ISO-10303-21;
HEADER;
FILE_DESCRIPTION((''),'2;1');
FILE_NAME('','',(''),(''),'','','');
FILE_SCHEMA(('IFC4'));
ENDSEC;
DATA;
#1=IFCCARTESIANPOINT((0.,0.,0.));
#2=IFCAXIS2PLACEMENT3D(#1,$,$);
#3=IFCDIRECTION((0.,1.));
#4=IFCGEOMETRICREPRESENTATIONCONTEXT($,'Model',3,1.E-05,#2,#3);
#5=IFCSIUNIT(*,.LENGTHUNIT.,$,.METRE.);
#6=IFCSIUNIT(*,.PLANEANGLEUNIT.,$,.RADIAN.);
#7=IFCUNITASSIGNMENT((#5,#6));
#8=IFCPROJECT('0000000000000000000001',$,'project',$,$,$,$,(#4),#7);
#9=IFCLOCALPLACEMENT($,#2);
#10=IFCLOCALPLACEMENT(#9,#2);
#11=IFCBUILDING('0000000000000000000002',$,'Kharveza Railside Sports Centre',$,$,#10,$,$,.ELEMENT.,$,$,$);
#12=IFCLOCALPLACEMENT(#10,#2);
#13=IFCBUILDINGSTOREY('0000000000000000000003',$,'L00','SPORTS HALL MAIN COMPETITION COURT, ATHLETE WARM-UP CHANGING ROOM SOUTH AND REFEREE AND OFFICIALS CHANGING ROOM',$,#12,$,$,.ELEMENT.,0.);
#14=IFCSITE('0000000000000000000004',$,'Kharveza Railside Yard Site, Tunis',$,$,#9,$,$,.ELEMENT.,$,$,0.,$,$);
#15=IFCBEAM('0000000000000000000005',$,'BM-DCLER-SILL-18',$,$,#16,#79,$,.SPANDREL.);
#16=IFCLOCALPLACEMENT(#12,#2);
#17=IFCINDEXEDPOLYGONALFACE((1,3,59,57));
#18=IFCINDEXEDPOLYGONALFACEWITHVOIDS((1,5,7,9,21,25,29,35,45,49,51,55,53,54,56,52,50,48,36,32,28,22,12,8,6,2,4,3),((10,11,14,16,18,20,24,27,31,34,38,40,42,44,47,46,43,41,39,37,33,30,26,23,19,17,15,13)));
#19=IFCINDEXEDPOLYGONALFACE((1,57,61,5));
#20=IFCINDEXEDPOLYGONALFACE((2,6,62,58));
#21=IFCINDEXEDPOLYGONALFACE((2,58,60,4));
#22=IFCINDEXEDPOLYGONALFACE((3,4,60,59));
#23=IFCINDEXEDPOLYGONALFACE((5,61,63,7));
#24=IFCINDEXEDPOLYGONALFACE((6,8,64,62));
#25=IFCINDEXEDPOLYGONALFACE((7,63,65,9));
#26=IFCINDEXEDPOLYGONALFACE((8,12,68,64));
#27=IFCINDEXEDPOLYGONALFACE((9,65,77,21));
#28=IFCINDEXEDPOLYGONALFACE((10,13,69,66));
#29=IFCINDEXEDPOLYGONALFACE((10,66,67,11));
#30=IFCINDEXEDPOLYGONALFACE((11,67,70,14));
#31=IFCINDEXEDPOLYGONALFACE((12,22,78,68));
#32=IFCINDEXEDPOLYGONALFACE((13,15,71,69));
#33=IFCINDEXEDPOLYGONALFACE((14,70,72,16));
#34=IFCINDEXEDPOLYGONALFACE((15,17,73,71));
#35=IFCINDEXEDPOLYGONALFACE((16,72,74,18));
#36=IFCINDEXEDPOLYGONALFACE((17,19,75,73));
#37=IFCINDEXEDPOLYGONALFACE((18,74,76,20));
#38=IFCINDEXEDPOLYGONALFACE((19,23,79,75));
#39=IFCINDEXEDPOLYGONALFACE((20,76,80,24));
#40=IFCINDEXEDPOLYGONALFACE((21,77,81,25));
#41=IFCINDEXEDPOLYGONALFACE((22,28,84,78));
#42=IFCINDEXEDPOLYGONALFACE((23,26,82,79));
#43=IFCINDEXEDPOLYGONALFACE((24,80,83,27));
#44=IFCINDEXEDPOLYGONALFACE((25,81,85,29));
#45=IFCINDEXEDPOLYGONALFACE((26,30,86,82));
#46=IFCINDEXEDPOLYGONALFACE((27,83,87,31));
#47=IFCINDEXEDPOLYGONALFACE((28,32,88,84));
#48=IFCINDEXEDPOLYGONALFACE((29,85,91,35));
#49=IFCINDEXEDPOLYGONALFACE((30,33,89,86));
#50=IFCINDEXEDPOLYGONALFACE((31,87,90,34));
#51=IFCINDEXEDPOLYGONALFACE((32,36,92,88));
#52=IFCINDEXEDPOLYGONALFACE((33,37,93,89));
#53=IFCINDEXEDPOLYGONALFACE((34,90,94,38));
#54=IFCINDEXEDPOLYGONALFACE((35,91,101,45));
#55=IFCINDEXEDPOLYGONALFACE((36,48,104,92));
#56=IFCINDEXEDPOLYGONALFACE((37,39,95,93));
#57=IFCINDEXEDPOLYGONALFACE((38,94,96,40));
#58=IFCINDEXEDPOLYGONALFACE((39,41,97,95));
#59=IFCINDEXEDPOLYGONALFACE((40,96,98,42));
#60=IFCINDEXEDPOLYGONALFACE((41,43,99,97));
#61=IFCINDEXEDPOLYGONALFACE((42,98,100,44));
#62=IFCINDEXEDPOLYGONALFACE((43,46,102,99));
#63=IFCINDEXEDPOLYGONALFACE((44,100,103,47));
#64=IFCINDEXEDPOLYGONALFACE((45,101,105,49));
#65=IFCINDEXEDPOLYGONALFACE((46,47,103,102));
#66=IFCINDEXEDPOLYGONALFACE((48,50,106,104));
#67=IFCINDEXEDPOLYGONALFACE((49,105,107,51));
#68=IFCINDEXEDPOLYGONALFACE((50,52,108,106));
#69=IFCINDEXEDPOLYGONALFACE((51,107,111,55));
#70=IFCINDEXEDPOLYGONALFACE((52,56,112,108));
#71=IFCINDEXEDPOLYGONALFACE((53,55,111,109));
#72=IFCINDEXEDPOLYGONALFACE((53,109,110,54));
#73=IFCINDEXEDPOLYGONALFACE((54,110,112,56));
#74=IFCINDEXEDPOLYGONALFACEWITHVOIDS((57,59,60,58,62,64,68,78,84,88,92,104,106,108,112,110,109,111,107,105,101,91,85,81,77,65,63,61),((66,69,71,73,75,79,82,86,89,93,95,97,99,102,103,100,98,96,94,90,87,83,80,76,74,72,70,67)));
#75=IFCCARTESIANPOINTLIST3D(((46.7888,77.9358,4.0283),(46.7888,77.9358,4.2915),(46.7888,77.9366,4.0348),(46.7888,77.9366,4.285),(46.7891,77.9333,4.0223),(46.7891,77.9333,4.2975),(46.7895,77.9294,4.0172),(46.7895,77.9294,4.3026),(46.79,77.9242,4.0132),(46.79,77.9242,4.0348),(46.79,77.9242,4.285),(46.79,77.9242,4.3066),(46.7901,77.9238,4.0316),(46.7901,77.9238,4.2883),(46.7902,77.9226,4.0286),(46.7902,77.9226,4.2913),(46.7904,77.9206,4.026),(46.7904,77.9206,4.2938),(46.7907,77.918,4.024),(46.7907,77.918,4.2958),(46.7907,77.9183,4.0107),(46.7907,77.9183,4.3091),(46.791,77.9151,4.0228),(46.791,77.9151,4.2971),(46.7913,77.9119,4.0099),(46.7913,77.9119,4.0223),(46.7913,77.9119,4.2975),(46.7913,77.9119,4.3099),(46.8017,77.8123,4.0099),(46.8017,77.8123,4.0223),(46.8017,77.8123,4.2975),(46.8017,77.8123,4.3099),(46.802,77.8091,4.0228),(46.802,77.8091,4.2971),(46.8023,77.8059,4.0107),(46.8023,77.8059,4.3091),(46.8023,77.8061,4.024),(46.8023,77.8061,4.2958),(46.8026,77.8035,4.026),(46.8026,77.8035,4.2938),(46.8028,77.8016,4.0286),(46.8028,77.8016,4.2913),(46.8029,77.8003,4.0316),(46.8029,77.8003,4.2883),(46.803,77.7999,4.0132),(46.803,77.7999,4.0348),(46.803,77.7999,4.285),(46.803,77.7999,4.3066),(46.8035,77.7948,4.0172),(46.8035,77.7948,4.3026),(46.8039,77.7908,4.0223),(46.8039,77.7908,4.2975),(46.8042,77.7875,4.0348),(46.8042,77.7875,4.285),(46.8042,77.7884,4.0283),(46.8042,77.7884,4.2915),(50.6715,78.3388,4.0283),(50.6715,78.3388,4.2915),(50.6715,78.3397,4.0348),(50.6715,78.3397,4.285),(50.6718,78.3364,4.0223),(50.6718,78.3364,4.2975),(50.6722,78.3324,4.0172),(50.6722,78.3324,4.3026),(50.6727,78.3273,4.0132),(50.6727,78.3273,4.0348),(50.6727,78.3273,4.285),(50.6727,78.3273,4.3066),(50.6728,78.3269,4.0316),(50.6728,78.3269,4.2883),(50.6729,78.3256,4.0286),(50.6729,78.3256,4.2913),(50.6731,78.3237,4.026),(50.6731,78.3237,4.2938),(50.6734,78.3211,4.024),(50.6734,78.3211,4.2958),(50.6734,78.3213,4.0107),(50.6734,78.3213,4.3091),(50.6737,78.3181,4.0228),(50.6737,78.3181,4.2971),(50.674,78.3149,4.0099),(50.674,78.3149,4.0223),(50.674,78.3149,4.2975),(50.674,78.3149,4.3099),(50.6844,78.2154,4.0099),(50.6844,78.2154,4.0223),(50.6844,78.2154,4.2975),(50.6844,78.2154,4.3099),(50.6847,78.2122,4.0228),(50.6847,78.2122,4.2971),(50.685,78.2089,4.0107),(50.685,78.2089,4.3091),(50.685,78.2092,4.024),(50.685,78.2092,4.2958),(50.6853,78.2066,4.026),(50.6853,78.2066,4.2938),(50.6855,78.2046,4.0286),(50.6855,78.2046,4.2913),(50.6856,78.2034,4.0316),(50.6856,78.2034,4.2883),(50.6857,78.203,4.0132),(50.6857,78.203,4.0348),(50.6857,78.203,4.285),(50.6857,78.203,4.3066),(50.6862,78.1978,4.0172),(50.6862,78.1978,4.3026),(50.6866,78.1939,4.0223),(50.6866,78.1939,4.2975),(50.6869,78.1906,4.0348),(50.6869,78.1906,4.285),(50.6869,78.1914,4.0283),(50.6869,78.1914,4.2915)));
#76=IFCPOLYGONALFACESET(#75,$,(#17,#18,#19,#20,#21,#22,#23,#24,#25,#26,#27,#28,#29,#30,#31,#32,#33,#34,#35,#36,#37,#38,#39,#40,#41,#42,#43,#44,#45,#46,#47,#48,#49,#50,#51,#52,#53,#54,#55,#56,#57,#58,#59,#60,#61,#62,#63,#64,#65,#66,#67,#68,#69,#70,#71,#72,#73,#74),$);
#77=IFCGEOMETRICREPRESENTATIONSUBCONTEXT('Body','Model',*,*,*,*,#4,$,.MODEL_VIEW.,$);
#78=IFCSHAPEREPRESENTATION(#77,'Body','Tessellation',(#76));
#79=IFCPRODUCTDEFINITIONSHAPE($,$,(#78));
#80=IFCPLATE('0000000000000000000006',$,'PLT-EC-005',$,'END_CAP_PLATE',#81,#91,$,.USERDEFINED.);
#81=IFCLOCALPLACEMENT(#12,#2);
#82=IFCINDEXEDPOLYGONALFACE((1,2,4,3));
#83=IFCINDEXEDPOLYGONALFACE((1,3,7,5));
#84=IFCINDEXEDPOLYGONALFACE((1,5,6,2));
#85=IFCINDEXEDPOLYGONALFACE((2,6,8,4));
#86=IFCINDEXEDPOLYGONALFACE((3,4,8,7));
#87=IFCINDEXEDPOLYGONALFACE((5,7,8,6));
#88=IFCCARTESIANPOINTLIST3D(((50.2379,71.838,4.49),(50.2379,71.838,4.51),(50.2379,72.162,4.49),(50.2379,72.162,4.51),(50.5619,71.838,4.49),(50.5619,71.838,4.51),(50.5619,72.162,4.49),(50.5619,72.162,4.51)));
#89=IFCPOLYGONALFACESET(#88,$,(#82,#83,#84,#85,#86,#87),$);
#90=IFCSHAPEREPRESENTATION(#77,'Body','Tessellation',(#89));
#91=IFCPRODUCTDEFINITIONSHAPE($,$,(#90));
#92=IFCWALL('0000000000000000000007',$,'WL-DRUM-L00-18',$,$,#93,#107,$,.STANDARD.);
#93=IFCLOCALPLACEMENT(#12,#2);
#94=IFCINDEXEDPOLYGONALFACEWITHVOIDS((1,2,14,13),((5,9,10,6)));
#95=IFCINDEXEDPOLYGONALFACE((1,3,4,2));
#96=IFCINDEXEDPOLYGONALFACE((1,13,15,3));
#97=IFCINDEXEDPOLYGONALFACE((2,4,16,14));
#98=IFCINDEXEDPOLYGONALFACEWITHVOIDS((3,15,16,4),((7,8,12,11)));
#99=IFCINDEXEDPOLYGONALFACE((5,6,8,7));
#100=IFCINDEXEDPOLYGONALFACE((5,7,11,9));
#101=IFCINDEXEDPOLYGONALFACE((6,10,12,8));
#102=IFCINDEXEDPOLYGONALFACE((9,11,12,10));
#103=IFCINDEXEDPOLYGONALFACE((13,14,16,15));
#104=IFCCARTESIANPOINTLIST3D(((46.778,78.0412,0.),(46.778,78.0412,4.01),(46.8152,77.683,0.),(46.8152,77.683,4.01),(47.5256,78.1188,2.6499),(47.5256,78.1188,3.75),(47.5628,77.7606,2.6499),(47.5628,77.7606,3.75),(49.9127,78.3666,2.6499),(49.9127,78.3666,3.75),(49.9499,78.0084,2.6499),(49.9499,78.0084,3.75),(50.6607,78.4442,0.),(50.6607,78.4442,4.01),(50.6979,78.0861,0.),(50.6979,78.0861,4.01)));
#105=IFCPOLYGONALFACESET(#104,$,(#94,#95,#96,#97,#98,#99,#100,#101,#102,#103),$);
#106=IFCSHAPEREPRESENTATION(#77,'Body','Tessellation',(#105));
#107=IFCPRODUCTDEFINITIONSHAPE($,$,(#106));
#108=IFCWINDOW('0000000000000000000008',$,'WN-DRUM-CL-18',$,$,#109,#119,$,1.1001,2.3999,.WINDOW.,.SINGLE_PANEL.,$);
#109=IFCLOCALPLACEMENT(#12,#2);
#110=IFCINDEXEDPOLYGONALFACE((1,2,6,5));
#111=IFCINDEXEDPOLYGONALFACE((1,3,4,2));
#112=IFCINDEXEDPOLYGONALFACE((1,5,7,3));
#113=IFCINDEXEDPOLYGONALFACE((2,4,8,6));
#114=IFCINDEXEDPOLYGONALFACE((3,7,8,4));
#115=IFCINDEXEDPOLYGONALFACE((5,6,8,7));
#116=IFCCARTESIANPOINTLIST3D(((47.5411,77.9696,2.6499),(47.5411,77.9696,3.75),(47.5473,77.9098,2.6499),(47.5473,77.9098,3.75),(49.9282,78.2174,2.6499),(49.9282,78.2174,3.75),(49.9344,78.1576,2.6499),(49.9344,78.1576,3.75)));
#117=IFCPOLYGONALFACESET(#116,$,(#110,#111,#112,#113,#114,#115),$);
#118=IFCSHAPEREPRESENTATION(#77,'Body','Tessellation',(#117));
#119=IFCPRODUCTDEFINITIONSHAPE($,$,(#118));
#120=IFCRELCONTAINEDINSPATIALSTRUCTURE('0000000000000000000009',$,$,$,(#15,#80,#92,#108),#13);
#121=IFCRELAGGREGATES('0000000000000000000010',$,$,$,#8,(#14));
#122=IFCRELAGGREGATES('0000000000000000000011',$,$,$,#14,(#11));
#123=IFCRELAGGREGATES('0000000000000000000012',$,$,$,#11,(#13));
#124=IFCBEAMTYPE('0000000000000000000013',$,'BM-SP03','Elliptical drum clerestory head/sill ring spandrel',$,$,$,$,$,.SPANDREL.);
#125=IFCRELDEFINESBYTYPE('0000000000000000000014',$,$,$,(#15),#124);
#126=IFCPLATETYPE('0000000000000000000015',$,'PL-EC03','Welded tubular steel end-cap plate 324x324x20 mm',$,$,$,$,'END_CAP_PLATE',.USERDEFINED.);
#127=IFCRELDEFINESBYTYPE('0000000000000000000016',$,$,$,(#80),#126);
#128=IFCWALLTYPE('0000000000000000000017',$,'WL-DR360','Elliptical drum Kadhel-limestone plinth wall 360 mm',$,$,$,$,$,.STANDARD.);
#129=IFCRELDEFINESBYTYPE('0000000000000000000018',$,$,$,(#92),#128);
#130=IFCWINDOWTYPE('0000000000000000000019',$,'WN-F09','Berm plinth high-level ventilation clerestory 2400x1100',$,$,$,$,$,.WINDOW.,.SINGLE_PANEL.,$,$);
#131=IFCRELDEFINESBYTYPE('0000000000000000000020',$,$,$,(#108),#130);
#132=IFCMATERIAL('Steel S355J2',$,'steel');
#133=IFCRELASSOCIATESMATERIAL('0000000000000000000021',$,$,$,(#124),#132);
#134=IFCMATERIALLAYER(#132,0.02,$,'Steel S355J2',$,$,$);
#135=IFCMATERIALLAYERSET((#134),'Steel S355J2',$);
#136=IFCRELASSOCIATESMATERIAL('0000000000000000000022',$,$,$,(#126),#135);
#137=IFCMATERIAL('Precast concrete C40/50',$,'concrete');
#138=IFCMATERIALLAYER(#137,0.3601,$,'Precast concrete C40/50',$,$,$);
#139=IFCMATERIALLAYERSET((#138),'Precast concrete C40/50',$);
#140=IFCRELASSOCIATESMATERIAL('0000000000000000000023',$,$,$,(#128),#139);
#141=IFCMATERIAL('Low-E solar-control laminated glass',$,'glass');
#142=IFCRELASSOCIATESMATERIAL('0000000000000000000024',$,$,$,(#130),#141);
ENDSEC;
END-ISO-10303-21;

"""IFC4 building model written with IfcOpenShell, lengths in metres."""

from ifc_helpers import new_model, si_unit, direction, frame, frame_2d, origin, origin_2d, place, context, subcontext, project, spatial, rectangle, hollow_rectangle, extrude, material, layer, layer_set, material_profile, profile_set, type_object, element, fill, save


model = new_model("IFC4")

# Units and contexts
model_context = context("Model", 3, precision=1e-05, world=origin(), true_north=direction((0.0, 1.0)))
body_context = subcontext(model_context, "Body", "Model", "MODEL_VIEW")
ifc_project = project(units=[si_unit("LENGTHUNIT", "METRE"), si_unit("PLANEANGLEUNIT", "RADIAN")], contexts=[model_context])

# Site, building, storey
site_placement = place(None, origin())
site = spatial("IfcSite", under=ifc_project, at=site_placement, Name="Kharveza Railside Yard Site, Tunis", CompositionType="ELEMENT", RefElevation=0.0)
building_placement = place(site_placement, origin())
building = spatial("IfcBuilding", under=site, at=building_placement, Name="Kharveza Railside Sports Centre", CompositionType="ELEMENT")
storey_placement = place(building_placement, origin())
storey = spatial("IfcBuildingStorey", under=building, at=storey_placement, Name="L00", Description="SPORTS HALL MAIN COMPETITION COURT, ATHLETE WARM-UP CHANGING ROOM SOUTH AND REFEREE AND OFFICIALS CHANGING ROOM", CompositionType="ELEMENT", Elevation=0.0)

# Shared definitions
ifc_material_1 = material(Name="Steel S355J2", Category="steel")

# Beam
ifc_material_2 = material(Name="Precast concrete C40/50", Category="concrete")
ifc_material_profile_1 = material_profile(ifc_material_1, hollow_rectangle(XDim=0.1499, YDim=0.3, WallThickness=0.0125, InnerFilletRadius=0.0125, OuterFilletRadius=0.0249, at=origin_2d()), Name="RHS 150x300x12.5")
ifc_profile_set_1 = profile_set([ifc_material_profile_1], Name="Steel S355J2")
beam_type_1 = type_object("IfcBeamType", Name="BM-SP03", Description="Elliptical drum clerestory head/sill ring spandrel", PredefinedType="SPANDREL", material=ifc_profile_set_1)
beam_1_placement = place(storey_placement, frame((50.6792, 78.2651, 4.1599), z_axis=(-0.994655, -0.103255, 0.0), x_axis=(0.103255, -0.994655, 0.0)))
element("IfcBeam", 1, at=beam_1_placement, inside=storey, type_object=beam_type_1, Name="BM-DCLER-SILL-18", PredefinedType="SPANDREL", context=body_context, shape_type="SweptSolid", body=[
    extrude(hollow_rectangle(XDim=0.1499, YDim=0.3, WallThickness=0.0125, InnerFilletRadius=0.0125, OuterFilletRadius=0.0249, at=origin_2d()), origin(), (0.0, 0.0, 1.0), 3.9036),
])

# Plate
ifc_layer_1 = layer(ifc_material_1, 0.02, Name="Steel S355J2")
ifc_layer_set_1 = layer_set([ifc_layer_1], Name="Steel S355J2")
plate_type = type_object("IfcPlateType", Name="PL-EC03", Description="Welded tubular steel end-cap plate 324x324x20 mm", ElementType="END_CAP_PLATE", PredefinedType="USERDEFINED", material=ifc_layer_set_1)
plate_placement = place(storey_placement, frame((50.3999, 72.0, 4.49), z_axis=(0.0, 0.0, 1.0), x_axis=(1.0, 0.0, 0.0)))
element("IfcPlate", 2, at=plate_placement, inside=storey, type_object=plate_type, Name="PLT-EC-005", ObjectType="END_CAP_PLATE", PredefinedType="USERDEFINED", context=body_context, shape_type="SweptSolid", body=[
    extrude(rectangle(XDim=0.324, YDim=0.324, at=origin_2d()), origin(), (0.0, 0.0, 1.0), 0.02),
])

# Shared definitions
ifc_layer_2 = layer(ifc_material_2, 0.3601, Name="Precast concrete C40/50")
ifc_layer_set_2 = layer_set([ifc_layer_2], Name="Precast concrete C40/50")
wall_type = type_object("IfcWallType", Name="WL-DR360", Description="Elliptical drum Kadhel-limestone plinth wall 360 mm", PredefinedType="STANDARD", material=ifc_layer_set_2)

# Wall, opening, window
wall_1_placement = place(storey_placement, frame((50.6792, 78.2651, 0.0), z_axis=(0.0, 0.0, 1.0), x_axis=(-0.994655, -0.103255, 0.0)))
wall_1 = element("IfcWall", 3, at=wall_1_placement, inside=storey, type_object=wall_type, Name="WL-DRUM-L00-18", PredefinedType="STANDARD", context=body_context, shape_type="SweptSolid", body=[
    extrude(rectangle(XDim=3.9036, YDim=0.3601, at=frame_2d((1.9517, 0.0))), origin(), (0.0, 0.0, 1.0), 4.01),
])
opening_1_placement = place(wall_1_placement, frame((0.752, 0.0, 2.6499)))
opening_1 = element("IfcOpeningElement", 4, at=opening_1_placement, cuts=wall_1, PredefinedType="OPENING", context=body_context, shape_type="SweptSolid", body=[
    extrude(rectangle(XDim=2.3999, YDim=1.1001, at=frame_2d((1.2, 0.55))), frame((0.0, 0.2051, 0.0), z_axis=(0.0, -1.0, 0.0), x_axis=(1.0, 0.0, 0.0)), (0.0, 0.0, 1.0), 0.4099),
])
ifc_material_3 = material(Name="Low-E solar-control laminated glass", Category="glass")
window_type = type_object("IfcWindowType", Name="WN-F09", Description="Berm plinth high-level ventilation clerestory 2400x1100", PartitioningType="SINGLE_PANEL", PredefinedType="WINDOW", material=ifc_material_3)
window_placement = place(opening_1_placement, origin())
window = element("IfcWindow", 5, at=window_placement, inside=storey, type_object=window_type, Name="WN-DRUM-CL-18", OverallHeight=1.1001, OverallWidth=2.3999, PartitioningType="SINGLE_PANEL", PredefinedType="WINDOW", context=body_context, shape_type="SweptSolid", body=[
    extrude(rectangle(XDim=2.3999, YDim=1.1001, at=frame_2d((1.2, 0.55))), frame((0.0, 0.03, 0.0), z_axis=(0.0, -1.0, 0.0), x_axis=(1.0, 0.0, 0.0)), (0.0, 0.0, 1.0), 0.0601),
])
fill(opening_1, window)

save(model, "model.ifc")
